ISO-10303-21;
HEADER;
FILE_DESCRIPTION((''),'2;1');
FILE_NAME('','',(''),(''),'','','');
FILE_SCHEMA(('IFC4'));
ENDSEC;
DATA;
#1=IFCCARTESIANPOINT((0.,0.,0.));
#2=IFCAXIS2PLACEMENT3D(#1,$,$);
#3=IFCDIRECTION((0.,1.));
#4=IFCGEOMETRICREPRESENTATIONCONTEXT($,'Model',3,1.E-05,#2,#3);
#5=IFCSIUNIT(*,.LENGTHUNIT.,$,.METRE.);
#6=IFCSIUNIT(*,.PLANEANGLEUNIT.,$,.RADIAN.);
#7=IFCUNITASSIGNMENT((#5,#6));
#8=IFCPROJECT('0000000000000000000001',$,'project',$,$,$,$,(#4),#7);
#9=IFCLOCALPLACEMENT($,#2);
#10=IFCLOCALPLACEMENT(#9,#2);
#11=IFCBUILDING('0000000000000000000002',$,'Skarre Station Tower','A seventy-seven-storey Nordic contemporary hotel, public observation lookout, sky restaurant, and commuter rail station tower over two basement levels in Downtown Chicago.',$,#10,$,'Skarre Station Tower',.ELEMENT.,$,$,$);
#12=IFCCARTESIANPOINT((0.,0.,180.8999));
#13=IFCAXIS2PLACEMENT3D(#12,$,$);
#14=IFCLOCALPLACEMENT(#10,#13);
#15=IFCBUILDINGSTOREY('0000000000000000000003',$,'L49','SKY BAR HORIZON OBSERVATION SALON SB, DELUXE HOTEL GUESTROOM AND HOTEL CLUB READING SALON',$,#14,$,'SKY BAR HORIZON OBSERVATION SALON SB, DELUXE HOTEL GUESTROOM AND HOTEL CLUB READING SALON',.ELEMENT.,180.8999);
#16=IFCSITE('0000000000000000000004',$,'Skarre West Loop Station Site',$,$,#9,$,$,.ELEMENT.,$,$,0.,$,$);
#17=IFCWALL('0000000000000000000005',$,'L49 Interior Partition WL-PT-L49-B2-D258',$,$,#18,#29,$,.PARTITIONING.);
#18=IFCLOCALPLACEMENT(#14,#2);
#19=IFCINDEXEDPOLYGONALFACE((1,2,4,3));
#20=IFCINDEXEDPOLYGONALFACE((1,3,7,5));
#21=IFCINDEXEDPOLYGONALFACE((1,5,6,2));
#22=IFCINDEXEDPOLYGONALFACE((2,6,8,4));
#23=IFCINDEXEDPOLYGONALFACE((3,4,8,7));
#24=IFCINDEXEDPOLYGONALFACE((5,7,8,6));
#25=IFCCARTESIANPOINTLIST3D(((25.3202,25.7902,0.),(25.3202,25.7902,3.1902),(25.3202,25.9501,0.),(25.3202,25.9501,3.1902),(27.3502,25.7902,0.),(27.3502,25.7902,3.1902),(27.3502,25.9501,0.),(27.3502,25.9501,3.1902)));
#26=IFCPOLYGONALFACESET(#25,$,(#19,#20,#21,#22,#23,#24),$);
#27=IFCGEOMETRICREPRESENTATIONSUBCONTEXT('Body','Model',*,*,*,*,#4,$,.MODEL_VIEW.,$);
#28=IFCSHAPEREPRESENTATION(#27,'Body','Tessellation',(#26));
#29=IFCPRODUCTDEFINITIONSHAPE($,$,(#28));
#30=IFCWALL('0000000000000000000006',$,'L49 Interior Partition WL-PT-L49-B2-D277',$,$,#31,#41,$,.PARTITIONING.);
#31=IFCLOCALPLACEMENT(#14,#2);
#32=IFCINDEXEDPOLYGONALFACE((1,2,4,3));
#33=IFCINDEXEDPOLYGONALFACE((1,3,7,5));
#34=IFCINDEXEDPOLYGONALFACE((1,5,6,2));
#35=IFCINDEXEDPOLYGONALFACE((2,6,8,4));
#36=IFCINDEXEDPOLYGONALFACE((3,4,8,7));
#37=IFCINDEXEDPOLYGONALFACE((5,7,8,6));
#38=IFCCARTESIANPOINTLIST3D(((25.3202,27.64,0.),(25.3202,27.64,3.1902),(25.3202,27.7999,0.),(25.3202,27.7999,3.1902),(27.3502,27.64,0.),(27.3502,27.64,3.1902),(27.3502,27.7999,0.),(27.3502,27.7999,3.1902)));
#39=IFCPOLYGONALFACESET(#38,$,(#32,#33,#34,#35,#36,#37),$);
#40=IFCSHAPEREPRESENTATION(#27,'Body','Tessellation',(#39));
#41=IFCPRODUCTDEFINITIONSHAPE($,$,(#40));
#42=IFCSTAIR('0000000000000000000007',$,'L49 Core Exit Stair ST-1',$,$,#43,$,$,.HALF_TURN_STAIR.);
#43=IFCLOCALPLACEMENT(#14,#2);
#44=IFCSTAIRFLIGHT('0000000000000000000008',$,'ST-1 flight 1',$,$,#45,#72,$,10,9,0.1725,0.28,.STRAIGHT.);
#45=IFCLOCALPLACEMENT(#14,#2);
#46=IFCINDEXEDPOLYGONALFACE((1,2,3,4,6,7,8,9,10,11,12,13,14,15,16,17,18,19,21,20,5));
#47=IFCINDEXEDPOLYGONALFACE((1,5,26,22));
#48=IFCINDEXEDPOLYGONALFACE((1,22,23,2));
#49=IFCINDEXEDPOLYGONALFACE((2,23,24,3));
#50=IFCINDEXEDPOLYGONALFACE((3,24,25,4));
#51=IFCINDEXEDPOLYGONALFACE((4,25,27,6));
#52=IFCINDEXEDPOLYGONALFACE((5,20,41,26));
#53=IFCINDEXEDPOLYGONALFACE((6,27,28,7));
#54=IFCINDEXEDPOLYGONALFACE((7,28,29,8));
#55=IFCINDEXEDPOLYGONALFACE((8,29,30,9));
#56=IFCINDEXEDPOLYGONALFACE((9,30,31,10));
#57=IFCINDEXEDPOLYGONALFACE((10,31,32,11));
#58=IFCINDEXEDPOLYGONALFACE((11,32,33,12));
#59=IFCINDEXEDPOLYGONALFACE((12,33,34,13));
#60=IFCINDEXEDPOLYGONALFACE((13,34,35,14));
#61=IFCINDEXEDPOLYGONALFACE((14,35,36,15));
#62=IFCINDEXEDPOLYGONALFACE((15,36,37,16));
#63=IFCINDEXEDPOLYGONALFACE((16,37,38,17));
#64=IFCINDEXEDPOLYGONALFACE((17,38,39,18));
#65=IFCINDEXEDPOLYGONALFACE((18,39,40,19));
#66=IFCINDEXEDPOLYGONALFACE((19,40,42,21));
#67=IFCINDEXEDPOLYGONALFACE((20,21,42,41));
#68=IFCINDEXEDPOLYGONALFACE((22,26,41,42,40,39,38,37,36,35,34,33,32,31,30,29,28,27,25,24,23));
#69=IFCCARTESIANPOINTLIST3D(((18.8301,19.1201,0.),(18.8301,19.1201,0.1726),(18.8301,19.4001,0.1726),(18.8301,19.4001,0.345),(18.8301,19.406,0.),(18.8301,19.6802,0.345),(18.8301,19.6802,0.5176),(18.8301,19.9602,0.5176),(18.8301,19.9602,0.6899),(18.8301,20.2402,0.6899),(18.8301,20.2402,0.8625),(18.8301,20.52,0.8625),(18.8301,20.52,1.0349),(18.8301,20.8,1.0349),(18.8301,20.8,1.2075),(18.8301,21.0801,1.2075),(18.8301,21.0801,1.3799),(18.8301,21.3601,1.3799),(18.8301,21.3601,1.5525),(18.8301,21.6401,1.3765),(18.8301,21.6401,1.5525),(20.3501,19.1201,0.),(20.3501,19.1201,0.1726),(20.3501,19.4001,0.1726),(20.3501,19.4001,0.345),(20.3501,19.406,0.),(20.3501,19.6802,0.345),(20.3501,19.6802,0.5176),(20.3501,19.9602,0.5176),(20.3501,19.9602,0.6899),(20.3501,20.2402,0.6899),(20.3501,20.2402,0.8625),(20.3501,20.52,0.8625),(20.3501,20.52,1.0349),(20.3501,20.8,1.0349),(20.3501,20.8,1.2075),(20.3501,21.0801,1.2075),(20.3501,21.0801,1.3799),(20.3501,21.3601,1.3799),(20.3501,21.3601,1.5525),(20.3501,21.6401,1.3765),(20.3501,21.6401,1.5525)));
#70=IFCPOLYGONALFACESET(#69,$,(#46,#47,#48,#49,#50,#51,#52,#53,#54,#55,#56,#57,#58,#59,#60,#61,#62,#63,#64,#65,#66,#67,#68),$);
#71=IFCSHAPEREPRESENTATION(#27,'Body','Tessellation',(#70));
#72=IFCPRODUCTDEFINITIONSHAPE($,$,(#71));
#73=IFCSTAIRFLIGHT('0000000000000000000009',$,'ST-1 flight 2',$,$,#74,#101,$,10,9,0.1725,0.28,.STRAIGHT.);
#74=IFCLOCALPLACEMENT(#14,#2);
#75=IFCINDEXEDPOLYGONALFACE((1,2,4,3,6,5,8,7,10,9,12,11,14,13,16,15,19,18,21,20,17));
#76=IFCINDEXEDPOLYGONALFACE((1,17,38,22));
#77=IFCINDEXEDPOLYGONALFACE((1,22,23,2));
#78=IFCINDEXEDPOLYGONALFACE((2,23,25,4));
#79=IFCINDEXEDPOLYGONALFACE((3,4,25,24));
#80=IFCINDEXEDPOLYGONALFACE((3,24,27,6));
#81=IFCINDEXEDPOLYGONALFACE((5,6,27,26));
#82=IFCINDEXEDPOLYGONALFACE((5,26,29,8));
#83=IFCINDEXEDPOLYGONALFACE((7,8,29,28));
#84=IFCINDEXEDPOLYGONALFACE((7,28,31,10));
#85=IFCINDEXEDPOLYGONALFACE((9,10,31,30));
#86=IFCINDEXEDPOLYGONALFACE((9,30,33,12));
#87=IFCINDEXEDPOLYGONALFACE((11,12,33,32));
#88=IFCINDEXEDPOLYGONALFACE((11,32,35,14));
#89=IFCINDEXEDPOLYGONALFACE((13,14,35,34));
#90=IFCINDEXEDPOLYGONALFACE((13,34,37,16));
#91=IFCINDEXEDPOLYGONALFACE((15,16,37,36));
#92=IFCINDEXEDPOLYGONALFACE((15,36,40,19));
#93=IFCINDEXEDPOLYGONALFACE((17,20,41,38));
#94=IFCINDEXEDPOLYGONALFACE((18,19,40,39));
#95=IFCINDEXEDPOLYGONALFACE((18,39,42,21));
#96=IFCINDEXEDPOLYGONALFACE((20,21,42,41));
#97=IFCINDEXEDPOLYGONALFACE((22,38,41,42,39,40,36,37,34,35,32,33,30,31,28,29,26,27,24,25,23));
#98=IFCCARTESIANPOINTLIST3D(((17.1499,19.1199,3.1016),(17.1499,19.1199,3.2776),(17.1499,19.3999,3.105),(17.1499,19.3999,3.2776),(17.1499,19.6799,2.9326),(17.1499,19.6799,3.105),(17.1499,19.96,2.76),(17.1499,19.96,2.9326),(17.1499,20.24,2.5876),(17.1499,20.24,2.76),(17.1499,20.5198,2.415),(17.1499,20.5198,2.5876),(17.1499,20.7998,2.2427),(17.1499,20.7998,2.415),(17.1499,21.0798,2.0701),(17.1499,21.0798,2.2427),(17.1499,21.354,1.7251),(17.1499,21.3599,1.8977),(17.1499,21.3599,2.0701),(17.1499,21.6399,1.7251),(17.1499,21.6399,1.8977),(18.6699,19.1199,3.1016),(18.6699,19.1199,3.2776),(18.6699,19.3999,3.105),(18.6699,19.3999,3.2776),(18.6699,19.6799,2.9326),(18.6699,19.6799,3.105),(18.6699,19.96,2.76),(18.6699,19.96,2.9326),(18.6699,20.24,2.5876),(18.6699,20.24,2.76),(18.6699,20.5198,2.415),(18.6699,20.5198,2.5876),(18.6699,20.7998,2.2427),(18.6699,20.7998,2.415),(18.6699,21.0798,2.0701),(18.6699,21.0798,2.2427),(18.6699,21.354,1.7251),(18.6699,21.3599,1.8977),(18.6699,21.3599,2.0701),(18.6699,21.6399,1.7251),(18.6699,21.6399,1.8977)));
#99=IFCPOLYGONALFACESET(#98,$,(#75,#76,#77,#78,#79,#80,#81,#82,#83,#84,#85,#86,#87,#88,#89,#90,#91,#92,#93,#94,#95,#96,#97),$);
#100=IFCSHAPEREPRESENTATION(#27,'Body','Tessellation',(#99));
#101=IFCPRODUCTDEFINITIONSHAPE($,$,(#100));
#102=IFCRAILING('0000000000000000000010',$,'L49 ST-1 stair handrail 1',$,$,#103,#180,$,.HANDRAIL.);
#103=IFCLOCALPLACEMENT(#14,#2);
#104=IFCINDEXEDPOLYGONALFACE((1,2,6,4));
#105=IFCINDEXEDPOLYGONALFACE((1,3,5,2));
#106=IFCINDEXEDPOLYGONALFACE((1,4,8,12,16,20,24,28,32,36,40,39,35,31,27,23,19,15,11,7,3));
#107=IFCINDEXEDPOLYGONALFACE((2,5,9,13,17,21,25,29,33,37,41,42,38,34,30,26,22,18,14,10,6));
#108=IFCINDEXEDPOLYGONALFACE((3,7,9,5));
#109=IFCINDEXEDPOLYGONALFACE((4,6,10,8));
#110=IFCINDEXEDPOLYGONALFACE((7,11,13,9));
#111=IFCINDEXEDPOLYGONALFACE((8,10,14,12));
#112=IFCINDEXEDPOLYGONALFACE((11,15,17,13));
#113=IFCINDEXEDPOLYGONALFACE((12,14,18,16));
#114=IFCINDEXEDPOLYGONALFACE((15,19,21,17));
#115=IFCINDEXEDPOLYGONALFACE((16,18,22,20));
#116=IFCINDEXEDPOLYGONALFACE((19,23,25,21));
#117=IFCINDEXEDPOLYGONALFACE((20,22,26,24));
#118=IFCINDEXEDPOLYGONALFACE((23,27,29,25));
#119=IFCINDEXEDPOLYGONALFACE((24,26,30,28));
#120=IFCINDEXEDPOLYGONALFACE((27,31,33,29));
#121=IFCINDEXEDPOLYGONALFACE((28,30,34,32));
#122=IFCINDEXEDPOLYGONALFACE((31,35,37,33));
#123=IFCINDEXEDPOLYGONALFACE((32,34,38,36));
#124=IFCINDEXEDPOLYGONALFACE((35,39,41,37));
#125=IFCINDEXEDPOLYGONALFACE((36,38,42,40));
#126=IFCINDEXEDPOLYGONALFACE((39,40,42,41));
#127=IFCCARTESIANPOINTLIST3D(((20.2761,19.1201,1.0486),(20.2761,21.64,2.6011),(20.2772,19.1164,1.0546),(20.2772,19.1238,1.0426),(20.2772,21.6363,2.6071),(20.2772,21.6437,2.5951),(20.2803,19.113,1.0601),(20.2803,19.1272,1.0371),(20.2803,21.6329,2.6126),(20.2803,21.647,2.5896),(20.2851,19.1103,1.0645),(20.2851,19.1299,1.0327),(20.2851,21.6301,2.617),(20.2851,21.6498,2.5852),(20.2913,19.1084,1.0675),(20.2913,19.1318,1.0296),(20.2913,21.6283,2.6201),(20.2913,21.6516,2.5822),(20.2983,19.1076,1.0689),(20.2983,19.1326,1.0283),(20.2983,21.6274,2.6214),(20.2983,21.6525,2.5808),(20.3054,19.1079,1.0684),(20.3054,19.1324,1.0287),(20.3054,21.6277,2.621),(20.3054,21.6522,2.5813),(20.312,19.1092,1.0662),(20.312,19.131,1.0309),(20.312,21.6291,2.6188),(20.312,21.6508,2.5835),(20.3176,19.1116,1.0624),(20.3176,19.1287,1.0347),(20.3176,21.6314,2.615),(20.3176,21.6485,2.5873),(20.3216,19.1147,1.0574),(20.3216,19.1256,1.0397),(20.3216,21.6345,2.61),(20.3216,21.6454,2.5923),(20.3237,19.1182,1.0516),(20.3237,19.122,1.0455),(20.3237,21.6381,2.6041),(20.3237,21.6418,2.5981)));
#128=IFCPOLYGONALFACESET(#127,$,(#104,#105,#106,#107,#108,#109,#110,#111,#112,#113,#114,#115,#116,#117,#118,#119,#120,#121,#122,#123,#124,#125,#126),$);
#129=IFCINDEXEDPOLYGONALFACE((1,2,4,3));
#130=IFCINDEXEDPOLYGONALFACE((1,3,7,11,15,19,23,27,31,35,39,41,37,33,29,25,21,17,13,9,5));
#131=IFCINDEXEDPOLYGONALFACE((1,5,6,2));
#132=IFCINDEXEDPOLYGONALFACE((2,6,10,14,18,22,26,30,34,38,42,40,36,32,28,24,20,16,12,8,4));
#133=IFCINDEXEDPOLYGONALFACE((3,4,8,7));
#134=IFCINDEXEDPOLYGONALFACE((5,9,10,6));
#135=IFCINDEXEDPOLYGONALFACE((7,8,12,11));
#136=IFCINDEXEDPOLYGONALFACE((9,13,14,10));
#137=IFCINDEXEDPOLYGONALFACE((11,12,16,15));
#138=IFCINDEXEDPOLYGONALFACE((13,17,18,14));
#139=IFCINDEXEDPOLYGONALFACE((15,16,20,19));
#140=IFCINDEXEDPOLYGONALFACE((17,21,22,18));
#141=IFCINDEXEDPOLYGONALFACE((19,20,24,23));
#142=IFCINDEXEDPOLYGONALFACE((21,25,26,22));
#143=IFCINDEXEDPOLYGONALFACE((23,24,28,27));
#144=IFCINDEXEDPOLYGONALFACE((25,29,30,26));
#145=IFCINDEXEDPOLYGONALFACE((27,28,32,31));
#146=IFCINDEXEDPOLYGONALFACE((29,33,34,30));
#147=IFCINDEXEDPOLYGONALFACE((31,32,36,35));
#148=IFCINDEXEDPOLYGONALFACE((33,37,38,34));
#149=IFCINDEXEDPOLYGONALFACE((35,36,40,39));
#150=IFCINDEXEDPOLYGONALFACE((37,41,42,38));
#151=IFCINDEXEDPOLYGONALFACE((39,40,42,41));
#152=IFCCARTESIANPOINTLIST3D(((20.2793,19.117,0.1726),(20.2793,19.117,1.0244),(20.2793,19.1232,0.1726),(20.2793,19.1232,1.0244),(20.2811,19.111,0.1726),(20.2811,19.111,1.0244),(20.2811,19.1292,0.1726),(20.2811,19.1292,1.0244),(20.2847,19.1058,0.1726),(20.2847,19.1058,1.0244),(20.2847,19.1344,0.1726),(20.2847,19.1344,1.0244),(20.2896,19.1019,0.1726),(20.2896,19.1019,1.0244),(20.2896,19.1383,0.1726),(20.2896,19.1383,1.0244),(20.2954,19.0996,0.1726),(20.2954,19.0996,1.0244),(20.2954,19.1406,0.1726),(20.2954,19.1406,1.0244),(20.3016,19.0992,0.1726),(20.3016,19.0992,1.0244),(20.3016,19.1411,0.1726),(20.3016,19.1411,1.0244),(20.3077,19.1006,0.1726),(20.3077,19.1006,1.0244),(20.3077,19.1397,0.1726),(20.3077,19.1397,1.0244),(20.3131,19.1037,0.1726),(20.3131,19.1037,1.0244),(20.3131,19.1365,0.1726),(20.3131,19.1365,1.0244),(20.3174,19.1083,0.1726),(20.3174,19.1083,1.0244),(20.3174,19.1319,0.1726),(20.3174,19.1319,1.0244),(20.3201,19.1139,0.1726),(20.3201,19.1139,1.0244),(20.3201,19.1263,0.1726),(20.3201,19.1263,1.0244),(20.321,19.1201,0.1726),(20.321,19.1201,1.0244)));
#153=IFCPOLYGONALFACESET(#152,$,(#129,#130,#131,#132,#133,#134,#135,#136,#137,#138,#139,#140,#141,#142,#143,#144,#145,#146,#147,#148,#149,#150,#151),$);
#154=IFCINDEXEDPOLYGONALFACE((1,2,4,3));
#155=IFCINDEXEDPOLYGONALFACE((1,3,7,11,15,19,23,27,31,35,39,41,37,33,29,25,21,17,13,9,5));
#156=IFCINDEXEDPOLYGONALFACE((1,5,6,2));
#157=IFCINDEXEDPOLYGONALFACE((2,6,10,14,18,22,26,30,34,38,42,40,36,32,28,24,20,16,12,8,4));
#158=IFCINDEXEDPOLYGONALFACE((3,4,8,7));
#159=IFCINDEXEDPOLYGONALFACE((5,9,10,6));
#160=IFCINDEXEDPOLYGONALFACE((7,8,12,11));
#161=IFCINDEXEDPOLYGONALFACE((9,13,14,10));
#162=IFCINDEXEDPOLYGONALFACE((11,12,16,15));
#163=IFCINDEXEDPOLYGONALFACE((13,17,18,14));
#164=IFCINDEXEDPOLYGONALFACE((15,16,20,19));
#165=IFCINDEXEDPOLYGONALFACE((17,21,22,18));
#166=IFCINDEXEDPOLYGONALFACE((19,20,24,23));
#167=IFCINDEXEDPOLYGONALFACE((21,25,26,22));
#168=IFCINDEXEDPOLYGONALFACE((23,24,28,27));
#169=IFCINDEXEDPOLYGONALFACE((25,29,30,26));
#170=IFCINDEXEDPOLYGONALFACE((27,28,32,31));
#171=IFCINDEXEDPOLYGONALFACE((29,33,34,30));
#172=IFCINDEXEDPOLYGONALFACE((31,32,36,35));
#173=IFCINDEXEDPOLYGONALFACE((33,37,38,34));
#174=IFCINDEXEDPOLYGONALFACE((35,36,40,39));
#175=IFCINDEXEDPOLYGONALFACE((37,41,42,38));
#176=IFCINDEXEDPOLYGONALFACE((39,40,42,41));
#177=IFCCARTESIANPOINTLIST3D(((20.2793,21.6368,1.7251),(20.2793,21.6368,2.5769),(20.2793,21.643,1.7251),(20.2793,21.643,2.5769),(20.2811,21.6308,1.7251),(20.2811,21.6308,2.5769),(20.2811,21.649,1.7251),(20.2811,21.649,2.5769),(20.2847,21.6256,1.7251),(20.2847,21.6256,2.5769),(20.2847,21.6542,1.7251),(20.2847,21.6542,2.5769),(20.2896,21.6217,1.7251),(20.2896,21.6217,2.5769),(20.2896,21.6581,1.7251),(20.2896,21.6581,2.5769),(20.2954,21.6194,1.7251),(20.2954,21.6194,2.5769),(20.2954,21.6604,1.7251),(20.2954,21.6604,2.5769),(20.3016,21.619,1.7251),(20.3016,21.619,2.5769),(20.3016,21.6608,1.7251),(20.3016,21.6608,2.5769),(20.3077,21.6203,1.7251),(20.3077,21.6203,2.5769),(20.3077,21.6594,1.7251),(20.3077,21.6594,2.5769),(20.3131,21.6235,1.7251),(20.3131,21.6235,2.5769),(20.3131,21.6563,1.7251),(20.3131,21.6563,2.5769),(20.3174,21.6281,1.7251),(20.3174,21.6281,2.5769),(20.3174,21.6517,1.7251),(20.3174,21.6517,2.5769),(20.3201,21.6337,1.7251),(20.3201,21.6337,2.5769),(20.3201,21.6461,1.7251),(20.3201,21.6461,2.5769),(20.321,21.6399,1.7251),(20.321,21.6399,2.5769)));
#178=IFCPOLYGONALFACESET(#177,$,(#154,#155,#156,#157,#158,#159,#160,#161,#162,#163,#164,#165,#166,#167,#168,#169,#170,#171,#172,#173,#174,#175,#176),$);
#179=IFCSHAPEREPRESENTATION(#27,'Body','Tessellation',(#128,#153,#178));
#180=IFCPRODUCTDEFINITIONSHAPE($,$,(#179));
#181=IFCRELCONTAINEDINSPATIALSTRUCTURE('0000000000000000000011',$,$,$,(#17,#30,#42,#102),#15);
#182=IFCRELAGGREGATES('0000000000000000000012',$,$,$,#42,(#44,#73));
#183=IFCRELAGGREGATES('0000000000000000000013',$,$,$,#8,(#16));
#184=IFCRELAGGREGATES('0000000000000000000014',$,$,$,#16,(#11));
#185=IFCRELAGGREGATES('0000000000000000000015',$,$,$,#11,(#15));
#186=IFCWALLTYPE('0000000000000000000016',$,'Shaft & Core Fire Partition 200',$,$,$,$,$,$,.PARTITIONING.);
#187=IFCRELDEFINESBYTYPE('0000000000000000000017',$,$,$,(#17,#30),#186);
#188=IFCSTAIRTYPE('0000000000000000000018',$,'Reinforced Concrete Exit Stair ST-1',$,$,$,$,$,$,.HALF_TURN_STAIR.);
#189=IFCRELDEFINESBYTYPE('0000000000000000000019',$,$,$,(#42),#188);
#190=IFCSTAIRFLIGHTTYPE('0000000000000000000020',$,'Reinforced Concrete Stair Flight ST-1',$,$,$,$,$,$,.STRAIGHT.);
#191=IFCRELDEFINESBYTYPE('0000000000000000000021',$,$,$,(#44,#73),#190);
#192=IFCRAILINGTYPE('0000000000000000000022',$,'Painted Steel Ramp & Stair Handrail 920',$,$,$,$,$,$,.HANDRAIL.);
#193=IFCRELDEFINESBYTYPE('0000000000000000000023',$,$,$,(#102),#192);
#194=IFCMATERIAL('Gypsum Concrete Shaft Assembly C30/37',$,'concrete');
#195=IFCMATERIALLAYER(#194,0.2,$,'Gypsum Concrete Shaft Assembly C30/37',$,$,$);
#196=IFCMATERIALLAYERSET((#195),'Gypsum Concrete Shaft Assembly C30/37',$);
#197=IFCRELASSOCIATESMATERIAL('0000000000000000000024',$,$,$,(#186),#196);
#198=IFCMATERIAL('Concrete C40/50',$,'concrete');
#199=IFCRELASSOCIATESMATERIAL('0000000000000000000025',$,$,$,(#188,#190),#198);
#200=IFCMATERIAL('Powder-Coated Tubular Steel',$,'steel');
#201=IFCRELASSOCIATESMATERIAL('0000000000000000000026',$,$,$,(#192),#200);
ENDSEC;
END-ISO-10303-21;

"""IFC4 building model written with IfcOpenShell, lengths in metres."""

from ifc_helpers import new_model, si_unit, direction, frame, frame_2d, origin, origin_2d, place, context, subcontext, project, spatial, polyline, rectangle, circle, outline, extrude, material, layer, layer_set, type_object, element, aggregate, save


model = new_model("IFC4")

# Units and contexts
model_context = context("Model", 3, precision=1e-05, world=origin(), true_north=direction((0.0, 1.0)))
body_context = subcontext(model_context, "Body", "Model", "MODEL_VIEW")
ifc_project = project(units=[si_unit("LENGTHUNIT", "METRE"), si_unit("PLANEANGLEUNIT", "RADIAN")], contexts=[model_context])

# Site, building, storey
site_placement = place(None, origin())
site = spatial("IfcSite", under=ifc_project, at=site_placement, Name="Skarre West Loop Station Site", CompositionType="ELEMENT", RefElevation=0.0)
building_placement = place(site_placement, origin())
building = spatial("IfcBuilding", under=site, at=building_placement, Name="Skarre Station Tower", Description="A seventy-seven-storey Nordic contemporary hotel, public observation lookout, sky restaurant, and commuter rail station tower over two basement levels in Downtown Chicago.", LongName="Skarre Station Tower", CompositionType="ELEMENT")
storey_placement = place(building_placement, frame((0.0, 0.0, 180.8999)))
storey = spatial("IfcBuildingStorey", under=building, at=storey_placement, Name="L49", Description="SKY BAR HORIZON OBSERVATION SALON SB, DELUXE HOTEL GUESTROOM AND HOTEL CLUB READING SALON", LongName="SKY BAR HORIZON OBSERVATION SALON SB, DELUXE HOTEL GUESTROOM AND HOTEL CLUB READING SALON", CompositionType="ELEMENT", Elevation=180.8999)

# Shared definitions
ifc_material_1 = material(Name="Gypsum Concrete Shaft Assembly C30/37", Category="concrete")
ifc_layer_1 = layer(ifc_material_1, 0.2, Name="Gypsum Concrete Shaft Assembly C30/37")
ifc_layer_set_1 = layer_set([ifc_layer_1], Name="Gypsum Concrete Shaft Assembly C30/37")
wall_type_1 = type_object("IfcWallType", Name="Shaft & Core Fire Partition 200", PredefinedType="PARTITIONING", material=ifc_layer_set_1)

# Walls
for number, where, z_axis, x_axis, name in (
    (1, (25.3201, 25.8701, 0.0), (0.0, 0.0, 1.0), (1.0, 0.0, 0.0), "L49 Interior Partition WL-PT-L49-B2-D258"),
    (2, (25.3201, 27.72, 0.0), (0.0, 0.0, 1.0), (1.0, 0.0, 0.0), "L49 Interior Partition WL-PT-L49-B2-D277"),
):
    element("IfcWall", number, at=place(storey_placement, frame(where, z_axis=z_axis, x_axis=x_axis)), inside=storey, type_object=wall_type_1, Name=name, PredefinedType="PARTITIONING", context=body_context, shape_type="SweptSolid", body=[
        extrude(rectangle(XDim=2.03, YDim=0.1599, at=frame_2d((1.0151, 0.0))), origin(), (0.0, 0.0, 1.0), 3.1902),
    ])

# Stair, stair flights
ifc_material_2 = material(Name="Concrete C40/50", Category="concrete")
stair_type = type_object("IfcStairType", Name="Reinforced Concrete Exit Stair ST-1", PredefinedType="HALF_TURN_STAIR", material=ifc_material_2)
stair_placement = place(storey_placement, origin())
stair = element("IfcStair", 3, at=stair_placement, inside=storey, type_object=stair_type, Name="L49 Core Exit Stair ST-1", PredefinedType="HALF_TURN_STAIR")
stair_flight_type = type_object("IfcStairFlightType", Name="Reinforced Concrete Stair Flight ST-1", PredefinedType="STRAIGHT", material=ifc_material_2)
stair_flight_1_placement = place(storey_placement, frame((19.5901, 19.1201, 0.0), z_axis=(0.0, 0.0, 1.0), x_axis=(0.0, 1.0, 0.0)))
stair_flight_1 = element("IfcStairFlight", 4, at=stair_flight_1_placement, type_object=stair_flight_type, Name="ST-1 flight 1", NumberOfRisers=10, NumberOfTreads=9, PredefinedType="STRAIGHT", RiserHeight=0.1725, TreadLength=0.28, context=body_context, shape_type="SweptSolid", body=[
    extrude(outline(polyline([(0.0, 0.0), (0.0, 0.1726), (0.28, 0.1726), (0.28, 0.345), (0.5601, 0.345), (0.5601, 0.5176), (0.8401, 0.5176), (0.8401, 0.6899), (1.1201, 0.6899), (1.1201, 0.8625), (1.3999, 0.8625), (1.3999, 1.0349), (1.6799, 1.0349), (1.6799, 1.2075), (1.96, 1.2075), (1.96, 1.3799), (2.24, 1.3799), (2.24, 1.5525), (2.52, 1.5525), (2.52, 1.7251), (2.52, 1.3765), (0.2859, 0.0), (0.0, 0.0)])), frame((0.0, 0.76, 0.0), z_axis=(0.0, -1.0, 0.0), x_axis=(1.0, 0.0, 0.0)), (0.0, 0.0, 1.0), 1.52),
])
stair_flight_2_placement = place(storey_placement, frame((17.9099, 21.6399, 1.7251), z_axis=(0.0, 0.0, 1.0), x_axis=(0.0, -1.0, 0.0)))
stair_flight_2 = element("IfcStairFlight", 5, at=stair_flight_2_placement, type_object=stair_flight_type, Name="ST-1 flight 2", NumberOfRisers=10, NumberOfTreads=9, PredefinedType="STRAIGHT", RiserHeight=0.1725, TreadLength=0.28, context=body_context, shape_type="SweptSolid", body=[
    extrude(outline(polyline([(0.0, 0.0), (0.0, 0.1726), (0.28, 0.1726), (0.28, 0.345), (0.5601, 0.345), (0.5601, 0.5176), (0.8401, 0.5176), (0.8401, 0.6899), (1.1201, 0.6899), (1.1201, 0.8625), (1.3999, 0.8625), (1.3999, 1.0349), (1.6799, 1.0349), (1.6799, 1.2075), (1.96, 1.2075), (1.96, 1.3799), (2.24, 1.3799), (2.24, 1.5525), (2.52, 1.5525), (2.52, 1.7251), (2.52, 1.3765), (0.2859, 0.0), (0.0, 0.0)])), frame((0.0, 0.76, 0.0), z_axis=(0.0, -1.0, 0.0), x_axis=(1.0, 0.0, 0.0)), (0.0, 0.0, 1.0), 1.52),
])
aggregate(stair, [stair_flight_1, stair_flight_2])

# Railing
ifc_material_3 = material(Name="Powder-Coated Tubular Steel", Category="steel")
railing_type_1 = type_object("IfcRailingType", Name="Painted Steel Ramp & Stair Handrail 920", PredefinedType="HANDRAIL", material=ifc_material_3)
railing_1_placement = place(storey_placement, frame((20.3, 19.1201, 0.1726)))
element("IfcRailing", 6, at=railing_1_placement, inside=storey, type_object=railing_type_1, Name="L49 ST-1 stair handrail 1", PredefinedType="HANDRAIL", context=body_context, shape_type="SweptSolid", body=[
    extrude(circle(Radius=0.0239, at=origin_2d()), frame((0.0, 0.0, 0.876), z_axis=(0.0, 0.851378, 0.524553), x_axis=(-1.0, 0.0, 0.0)), (0.0, 0.0, 1.0), 2.9597),
    extrude(circle(Radius=0.021, at=origin_2d()), origin(), (0.0, 0.0, 1.0), 0.8518),
    extrude(circle(Radius=0.021, at=origin_2d()), frame((0.0, 2.5198, 1.5525)), (0.0, 0.0, 1.0), 0.8518),
])

save(model, "model.ifc")
